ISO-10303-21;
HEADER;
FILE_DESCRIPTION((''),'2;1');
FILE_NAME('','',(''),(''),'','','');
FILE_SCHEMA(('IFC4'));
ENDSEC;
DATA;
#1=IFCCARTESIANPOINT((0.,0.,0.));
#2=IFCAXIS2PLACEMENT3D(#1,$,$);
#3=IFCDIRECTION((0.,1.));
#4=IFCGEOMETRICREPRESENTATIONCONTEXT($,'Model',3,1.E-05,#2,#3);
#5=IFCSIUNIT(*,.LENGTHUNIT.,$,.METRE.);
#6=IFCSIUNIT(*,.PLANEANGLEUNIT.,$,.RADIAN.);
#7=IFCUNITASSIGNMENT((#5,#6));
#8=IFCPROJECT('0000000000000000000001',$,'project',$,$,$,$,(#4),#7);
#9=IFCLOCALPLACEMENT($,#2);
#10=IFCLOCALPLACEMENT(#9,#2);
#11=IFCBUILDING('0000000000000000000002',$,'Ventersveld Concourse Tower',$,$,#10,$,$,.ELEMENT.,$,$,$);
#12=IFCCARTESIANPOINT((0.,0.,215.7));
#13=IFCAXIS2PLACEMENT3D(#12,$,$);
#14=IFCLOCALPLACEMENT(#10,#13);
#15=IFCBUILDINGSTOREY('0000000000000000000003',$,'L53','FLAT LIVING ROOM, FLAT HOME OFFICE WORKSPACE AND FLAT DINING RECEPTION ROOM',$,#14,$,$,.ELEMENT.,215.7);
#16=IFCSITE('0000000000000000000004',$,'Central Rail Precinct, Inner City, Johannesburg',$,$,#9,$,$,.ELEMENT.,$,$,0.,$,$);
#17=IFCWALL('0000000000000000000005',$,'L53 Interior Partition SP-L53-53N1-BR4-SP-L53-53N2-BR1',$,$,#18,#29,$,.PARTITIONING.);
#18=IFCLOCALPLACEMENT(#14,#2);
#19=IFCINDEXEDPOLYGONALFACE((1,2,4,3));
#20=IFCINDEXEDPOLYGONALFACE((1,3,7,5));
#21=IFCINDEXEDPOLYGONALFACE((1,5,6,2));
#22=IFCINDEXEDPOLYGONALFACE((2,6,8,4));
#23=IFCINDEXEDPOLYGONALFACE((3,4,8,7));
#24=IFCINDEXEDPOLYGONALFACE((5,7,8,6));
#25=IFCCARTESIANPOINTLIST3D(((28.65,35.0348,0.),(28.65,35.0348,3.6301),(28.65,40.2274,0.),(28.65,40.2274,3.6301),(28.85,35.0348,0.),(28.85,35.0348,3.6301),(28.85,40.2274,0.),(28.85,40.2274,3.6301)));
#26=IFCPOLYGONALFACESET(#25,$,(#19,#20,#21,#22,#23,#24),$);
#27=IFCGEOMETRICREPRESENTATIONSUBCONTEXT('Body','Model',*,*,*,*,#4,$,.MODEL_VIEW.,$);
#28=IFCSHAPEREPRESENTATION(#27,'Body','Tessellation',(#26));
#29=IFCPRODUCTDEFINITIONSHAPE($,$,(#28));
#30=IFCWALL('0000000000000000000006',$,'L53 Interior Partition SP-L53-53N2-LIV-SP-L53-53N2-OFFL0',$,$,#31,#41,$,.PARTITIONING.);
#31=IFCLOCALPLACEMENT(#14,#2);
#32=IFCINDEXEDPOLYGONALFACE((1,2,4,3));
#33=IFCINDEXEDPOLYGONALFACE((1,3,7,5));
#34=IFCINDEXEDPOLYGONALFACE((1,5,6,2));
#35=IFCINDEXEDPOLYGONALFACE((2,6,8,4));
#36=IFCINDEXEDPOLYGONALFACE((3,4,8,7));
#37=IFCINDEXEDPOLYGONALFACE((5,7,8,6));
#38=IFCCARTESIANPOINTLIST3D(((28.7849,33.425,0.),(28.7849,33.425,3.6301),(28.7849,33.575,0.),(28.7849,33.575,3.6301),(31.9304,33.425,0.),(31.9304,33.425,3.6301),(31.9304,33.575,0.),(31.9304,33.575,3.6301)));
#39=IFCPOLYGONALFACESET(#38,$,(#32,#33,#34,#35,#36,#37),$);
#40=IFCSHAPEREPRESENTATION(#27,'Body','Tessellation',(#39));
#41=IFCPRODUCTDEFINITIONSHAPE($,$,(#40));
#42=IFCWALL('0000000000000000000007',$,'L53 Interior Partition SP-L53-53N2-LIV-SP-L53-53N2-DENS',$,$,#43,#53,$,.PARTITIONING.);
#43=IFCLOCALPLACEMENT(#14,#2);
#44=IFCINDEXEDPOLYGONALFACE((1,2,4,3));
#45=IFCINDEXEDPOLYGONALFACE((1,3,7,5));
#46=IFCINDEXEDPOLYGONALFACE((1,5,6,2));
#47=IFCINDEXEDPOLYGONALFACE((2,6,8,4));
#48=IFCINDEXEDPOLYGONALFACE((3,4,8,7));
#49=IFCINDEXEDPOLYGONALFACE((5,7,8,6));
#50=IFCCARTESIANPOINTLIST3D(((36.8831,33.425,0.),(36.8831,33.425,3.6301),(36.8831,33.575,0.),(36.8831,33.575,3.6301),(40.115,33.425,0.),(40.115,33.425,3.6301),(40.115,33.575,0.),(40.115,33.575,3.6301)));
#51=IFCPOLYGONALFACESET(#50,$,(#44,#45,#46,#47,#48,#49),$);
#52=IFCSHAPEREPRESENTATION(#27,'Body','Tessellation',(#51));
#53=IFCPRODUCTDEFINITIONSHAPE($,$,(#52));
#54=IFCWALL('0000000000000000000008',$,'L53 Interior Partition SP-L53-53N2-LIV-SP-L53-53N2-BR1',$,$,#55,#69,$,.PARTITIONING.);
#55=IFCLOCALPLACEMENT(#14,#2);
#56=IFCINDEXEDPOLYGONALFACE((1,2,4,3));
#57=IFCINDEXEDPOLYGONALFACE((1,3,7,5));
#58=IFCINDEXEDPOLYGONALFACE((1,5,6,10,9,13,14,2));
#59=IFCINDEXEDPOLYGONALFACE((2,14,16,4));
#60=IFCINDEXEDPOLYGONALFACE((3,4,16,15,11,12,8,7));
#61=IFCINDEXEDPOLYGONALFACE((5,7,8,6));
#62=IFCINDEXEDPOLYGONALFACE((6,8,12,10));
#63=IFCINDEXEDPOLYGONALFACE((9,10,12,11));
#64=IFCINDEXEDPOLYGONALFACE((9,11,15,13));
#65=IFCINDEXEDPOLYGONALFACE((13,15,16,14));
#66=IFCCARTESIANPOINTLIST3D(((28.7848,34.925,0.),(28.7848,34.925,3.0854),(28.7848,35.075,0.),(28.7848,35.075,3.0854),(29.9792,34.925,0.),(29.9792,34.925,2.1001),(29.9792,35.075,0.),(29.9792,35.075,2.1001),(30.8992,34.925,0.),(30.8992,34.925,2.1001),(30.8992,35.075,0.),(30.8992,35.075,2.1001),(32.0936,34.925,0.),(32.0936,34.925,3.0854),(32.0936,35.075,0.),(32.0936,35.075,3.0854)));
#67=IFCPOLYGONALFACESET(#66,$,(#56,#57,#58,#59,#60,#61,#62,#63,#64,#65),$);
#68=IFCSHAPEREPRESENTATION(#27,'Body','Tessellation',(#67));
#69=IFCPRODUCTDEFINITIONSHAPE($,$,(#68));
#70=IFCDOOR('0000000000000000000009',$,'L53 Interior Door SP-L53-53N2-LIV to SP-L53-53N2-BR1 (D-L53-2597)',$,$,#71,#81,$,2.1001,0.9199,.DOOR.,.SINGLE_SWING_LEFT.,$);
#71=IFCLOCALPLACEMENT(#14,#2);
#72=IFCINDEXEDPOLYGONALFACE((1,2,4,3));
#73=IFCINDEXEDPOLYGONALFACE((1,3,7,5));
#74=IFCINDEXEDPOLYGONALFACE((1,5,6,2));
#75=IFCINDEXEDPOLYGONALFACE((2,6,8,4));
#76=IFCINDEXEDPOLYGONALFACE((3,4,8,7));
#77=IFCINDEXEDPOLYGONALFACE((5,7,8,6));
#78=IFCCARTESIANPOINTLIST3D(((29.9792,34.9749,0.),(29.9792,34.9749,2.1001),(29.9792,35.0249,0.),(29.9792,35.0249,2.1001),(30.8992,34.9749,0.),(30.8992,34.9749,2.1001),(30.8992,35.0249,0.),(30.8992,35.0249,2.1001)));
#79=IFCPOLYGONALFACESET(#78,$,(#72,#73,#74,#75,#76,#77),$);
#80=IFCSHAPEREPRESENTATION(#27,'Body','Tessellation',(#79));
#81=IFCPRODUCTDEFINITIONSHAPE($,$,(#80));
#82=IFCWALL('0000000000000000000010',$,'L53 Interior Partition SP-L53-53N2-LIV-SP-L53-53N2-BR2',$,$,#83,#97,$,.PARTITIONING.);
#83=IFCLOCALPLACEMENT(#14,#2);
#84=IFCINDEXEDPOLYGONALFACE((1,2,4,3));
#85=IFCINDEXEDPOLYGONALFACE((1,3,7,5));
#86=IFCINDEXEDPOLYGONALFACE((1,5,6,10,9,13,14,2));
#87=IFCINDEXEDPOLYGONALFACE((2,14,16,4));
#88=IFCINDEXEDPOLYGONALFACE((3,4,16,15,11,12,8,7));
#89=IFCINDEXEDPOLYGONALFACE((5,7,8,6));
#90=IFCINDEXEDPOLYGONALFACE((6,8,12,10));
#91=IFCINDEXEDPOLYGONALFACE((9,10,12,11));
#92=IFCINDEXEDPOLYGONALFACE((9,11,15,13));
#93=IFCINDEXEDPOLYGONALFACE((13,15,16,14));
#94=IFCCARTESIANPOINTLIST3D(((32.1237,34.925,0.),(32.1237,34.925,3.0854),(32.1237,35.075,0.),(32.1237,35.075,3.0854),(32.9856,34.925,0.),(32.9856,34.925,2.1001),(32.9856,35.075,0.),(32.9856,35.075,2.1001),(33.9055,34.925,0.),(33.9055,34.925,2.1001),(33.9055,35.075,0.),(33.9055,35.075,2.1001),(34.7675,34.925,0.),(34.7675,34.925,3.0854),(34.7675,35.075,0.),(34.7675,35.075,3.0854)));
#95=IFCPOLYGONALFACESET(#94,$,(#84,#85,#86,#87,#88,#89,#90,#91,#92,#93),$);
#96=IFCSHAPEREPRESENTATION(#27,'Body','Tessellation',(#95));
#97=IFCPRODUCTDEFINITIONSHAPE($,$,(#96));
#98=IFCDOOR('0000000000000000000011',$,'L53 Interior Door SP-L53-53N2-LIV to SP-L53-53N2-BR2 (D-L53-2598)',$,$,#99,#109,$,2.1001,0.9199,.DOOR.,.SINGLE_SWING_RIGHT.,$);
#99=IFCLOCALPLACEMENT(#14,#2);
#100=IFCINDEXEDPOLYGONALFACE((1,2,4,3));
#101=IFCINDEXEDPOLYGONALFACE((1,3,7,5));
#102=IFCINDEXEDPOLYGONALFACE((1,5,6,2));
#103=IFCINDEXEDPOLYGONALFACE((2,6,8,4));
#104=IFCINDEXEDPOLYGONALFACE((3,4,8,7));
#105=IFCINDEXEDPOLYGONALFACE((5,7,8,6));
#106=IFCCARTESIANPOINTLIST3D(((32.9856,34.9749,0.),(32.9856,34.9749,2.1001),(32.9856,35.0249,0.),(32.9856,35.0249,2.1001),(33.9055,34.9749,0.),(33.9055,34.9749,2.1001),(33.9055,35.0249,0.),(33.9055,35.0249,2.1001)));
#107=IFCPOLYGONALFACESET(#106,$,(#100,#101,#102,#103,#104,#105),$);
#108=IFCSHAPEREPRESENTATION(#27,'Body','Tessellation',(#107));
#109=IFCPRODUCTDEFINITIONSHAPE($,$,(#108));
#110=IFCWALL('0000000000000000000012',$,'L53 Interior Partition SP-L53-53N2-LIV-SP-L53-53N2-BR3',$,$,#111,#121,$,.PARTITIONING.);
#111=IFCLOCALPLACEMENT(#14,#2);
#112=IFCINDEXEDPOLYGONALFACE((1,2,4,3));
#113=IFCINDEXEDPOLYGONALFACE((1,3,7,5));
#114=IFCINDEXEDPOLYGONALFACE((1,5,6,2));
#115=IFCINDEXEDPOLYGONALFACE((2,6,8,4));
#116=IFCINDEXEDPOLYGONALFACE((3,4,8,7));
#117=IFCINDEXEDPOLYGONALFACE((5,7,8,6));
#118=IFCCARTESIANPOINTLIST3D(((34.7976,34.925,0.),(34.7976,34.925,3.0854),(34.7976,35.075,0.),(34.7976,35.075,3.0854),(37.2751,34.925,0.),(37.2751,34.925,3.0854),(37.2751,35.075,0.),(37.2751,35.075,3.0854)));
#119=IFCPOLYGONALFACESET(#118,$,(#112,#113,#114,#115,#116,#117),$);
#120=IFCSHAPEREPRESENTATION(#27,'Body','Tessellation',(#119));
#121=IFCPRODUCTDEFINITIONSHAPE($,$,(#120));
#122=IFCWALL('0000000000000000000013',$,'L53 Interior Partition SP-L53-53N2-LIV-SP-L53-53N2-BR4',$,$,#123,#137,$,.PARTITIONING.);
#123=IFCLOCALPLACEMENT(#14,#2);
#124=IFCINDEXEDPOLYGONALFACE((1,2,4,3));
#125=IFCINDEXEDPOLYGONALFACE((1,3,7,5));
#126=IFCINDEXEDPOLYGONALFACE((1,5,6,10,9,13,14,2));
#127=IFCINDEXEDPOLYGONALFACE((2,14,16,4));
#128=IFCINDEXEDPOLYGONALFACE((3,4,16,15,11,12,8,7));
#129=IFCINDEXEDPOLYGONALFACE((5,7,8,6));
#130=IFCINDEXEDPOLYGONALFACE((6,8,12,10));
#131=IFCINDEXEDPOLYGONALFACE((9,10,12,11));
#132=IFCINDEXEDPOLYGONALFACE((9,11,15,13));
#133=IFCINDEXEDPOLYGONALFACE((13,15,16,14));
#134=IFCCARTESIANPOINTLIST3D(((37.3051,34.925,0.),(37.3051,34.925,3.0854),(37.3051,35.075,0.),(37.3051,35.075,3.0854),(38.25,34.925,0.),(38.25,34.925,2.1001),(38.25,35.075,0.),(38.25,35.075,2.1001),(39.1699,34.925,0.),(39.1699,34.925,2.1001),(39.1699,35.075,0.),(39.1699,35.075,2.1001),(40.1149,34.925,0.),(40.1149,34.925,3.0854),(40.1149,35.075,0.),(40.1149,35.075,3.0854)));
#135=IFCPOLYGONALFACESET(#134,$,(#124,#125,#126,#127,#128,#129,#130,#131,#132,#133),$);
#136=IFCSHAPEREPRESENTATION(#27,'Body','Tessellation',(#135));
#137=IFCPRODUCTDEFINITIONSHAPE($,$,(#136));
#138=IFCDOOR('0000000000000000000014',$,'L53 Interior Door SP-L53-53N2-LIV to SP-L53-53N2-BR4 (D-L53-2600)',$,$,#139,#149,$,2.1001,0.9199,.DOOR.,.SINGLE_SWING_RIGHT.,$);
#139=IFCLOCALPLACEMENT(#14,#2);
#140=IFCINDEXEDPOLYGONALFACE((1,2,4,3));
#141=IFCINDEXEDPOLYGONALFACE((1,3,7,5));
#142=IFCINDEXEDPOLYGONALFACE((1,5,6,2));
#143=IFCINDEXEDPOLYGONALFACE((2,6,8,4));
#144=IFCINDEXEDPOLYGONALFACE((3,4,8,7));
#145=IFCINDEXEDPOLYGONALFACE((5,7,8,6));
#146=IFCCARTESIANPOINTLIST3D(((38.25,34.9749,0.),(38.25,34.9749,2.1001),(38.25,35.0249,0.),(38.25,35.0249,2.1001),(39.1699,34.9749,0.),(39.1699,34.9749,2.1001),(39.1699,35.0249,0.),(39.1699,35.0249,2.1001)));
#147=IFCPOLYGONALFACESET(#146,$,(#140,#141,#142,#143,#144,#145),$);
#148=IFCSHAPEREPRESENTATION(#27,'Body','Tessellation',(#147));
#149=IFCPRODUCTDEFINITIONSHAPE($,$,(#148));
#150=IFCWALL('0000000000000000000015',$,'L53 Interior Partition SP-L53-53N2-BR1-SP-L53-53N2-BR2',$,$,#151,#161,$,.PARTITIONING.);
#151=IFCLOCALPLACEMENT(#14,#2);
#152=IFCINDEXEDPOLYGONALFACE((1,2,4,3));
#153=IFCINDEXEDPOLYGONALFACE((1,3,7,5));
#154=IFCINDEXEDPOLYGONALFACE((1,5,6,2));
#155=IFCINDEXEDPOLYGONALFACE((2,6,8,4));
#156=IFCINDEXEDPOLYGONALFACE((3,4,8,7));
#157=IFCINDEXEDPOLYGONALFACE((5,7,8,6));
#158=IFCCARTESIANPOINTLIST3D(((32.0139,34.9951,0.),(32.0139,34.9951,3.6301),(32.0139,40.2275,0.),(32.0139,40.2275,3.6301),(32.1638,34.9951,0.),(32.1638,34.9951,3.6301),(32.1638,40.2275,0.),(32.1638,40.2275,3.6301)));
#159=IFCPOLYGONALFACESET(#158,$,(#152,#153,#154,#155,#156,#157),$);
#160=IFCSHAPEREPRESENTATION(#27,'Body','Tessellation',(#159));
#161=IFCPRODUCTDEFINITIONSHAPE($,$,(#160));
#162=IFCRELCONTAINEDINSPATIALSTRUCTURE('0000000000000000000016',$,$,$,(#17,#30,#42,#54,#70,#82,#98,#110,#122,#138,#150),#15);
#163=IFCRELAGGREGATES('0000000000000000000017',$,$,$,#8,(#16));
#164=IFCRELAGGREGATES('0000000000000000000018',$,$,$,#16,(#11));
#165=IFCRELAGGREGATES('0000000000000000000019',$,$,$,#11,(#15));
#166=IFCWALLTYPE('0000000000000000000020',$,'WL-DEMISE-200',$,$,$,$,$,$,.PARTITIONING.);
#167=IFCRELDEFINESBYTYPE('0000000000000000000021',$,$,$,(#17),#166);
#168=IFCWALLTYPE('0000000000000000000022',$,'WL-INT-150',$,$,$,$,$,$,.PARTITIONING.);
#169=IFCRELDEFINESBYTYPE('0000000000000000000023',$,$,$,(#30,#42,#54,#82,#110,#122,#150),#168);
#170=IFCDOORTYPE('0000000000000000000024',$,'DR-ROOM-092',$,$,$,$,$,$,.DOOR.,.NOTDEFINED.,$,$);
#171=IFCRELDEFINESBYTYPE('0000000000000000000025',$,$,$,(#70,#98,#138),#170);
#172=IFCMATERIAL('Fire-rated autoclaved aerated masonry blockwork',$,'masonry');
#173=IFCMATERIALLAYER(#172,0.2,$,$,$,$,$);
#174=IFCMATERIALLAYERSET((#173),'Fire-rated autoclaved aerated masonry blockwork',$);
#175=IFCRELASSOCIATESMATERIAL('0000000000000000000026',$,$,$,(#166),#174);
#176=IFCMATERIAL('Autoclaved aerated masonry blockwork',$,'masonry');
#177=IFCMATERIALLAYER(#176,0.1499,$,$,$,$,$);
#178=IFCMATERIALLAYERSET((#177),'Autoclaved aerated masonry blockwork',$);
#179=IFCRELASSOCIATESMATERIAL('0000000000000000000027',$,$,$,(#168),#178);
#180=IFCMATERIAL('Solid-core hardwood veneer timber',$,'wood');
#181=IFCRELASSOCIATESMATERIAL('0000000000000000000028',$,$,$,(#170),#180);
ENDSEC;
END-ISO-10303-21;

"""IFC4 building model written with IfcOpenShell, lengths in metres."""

from ifc_helpers import new_model, si_unit, direction, frame, frame_2d, origin, place, context, subcontext, project, spatial, rectangle, extrude, material, layer, layer_set, type_object, element, fill, save


model = new_model("IFC4")

# Units and contexts
model_context = context("Model", 3, precision=1e-05, world=origin(), true_north=direction((0.0, 1.0)))
body_context = subcontext(model_context, "Body", "Model", "MODEL_VIEW")
ifc_project = project(units=[si_unit("LENGTHUNIT", "METRE"), si_unit("PLANEANGLEUNIT", "RADIAN")], contexts=[model_context])

# Site, building, storey
site_placement = place(None, origin())
site = spatial("IfcSite", under=ifc_project, at=site_placement, Name="Central Rail Precinct, Inner City, Johannesburg", CompositionType="ELEMENT", RefElevation=0.0)
building_placement = place(site_placement, origin())
building = spatial("IfcBuilding", under=site, at=building_placement, Name="Ventersveld Concourse Tower", CompositionType="ELEMENT")
storey_placement = place(building_placement, frame((0.0, 0.0, 215.7)))
storey = spatial("IfcBuildingStorey", under=building, at=storey_placement, Name="L53", Description="FLAT LIVING ROOM, FLAT HOME OFFICE WORKSPACE AND FLAT DINING RECEPTION ROOM", CompositionType="ELEMENT", Elevation=215.7)

# Walls
ifc_material_1 = material(Name="Fire-rated autoclaved aerated masonry blockwork", Category="masonry")
ifc_layer_1 = layer(ifc_material_1, 0.2)
ifc_layer_set_1 = layer_set([ifc_layer_1], Name="Fire-rated autoclaved aerated masonry blockwork")
wall_type_1 = type_object("IfcWallType", Name="WL-DEMISE-200", PredefinedType="PARTITIONING", material=ifc_layer_set_1)
wall_1_placement = place(storey_placement, frame((28.75, 35.0349, 0.0), z_axis=(0.0, 0.0, 1.0), x_axis=(0.0, 1.0, 0.0)))
element("IfcWall", 1, at=wall_1_placement, inside=storey, type_object=wall_type_1, Name="L53 Interior Partition SP-L53-53N1-BR4-SP-L53-53N2-BR1", PredefinedType="PARTITIONING", context=body_context, shape_type="SweptSolid", body=[
    extrude(rectangle(XDim=5.1926, YDim=0.2, at=frame_2d((2.5962, 0.0))), origin(), (0.0, 0.0, 1.0), 3.6301),
])
ifc_material_2 = material(Name="Autoclaved aerated masonry blockwork", Category="masonry")
ifc_layer_2 = layer(ifc_material_2, 0.1499)
ifc_layer_set_2 = layer_set([ifc_layer_2], Name="Autoclaved aerated masonry blockwork")
wall_type_2 = type_object("IfcWallType", Name="WL-INT-150", PredefinedType="PARTITIONING", material=ifc_layer_set_2)
wall_2_placement = place(storey_placement, frame((28.7849, 33.5, 0.0), z_axis=(0.0, 0.0, 1.0), x_axis=(1.0, 0.0, 0.0)))
element("IfcWall", 2, at=wall_2_placement, inside=storey, type_object=wall_type_2, Name="L53 Interior Partition SP-L53-53N2-LIV-SP-L53-53N2-OFFL0", PredefinedType="PARTITIONING", context=body_context, shape_type="SweptSolid", body=[
    extrude(rectangle(XDim=3.1455, YDim=0.1499, at=frame_2d((1.5728, 0.0))), origin(), (0.0, 0.0, 1.0), 3.6301),
])
wall_3_placement = place(storey_placement, frame((36.8831, 33.5, 0.0), z_axis=(0.0, 0.0, 1.0), x_axis=(1.0, 0.0, 0.0)))
element("IfcWall", 3, at=wall_3_placement, inside=storey, type_object=wall_type_2, Name="L53 Interior Partition SP-L53-53N2-LIV-SP-L53-53N2-DENS", PredefinedType="PARTITIONING", context=body_context, shape_type="SweptSolid", body=[
    extrude(rectangle(XDim=3.2319, YDim=0.1499, at=frame_2d((1.616, 0.0))), origin(), (0.0, 0.0, 1.0), 3.6301),
])

# Walls, openings, doors
wall_4_placement = place(storey_placement, frame((28.7849, 35.0, 0.0), z_axis=(0.0, 0.0, 1.0), x_axis=(1.0, 0.0, 0.0)))
wall_4 = element("IfcWall", 4, at=wall_4_placement, inside=storey, type_object=wall_type_2, Name="L53 Interior Partition SP-L53-53N2-LIV-SP-L53-53N2-BR1", PredefinedType="PARTITIONING", context=body_context, shape_type="SweptSolid", body=[
    extrude(rectangle(XDim=3.3088, YDim=0.1499, at=frame_2d((1.6543, 0.0))), origin(), (0.0, 0.0, 1.0), 3.0854),
])
opening_1_placement = place(wall_4_placement, frame((1.1943, 0.0, 0.0)))
opening_1 = element("IfcOpeningElement", 5, at=opening_1_placement, cuts=wall_4, PredefinedType="OPENING", context=body_context, shape_type="SweptSolid", body=[
    extrude(rectangle(XDim=0.9199, YDim=2.1001, at=frame_2d((0.46, 1.05))), frame((0.0, 0.085, 0.0), z_axis=(0.0, -1.0, 0.0), x_axis=(1.0, 0.0, 0.0)), (0.0, 0.0, 1.0), 0.1699),
])
ifc_material_3 = material(Name="Solid-core hardwood veneer timber", Category="wood")
door_type = type_object("IfcDoorType", Name="DR-ROOM-092", OperationType="NOTDEFINED", PredefinedType="DOOR", material=ifc_material_3)
door_1_placement = place(opening_1_placement, origin())
door_1 = element("IfcDoor", 6, at=door_1_placement, inside=storey, type_object=door_type, Name="L53 Interior Door SP-L53-53N2-LIV to SP-L53-53N2-BR1 (D-L53-2597)", OperationType="SINGLE_SWING_LEFT", OverallHeight=2.1001, OverallWidth=0.9199, PredefinedType="DOOR", context=body_context, shape_type="SweptSolid", body=[
    extrude(rectangle(XDim=0.9199, YDim=2.1001, at=frame_2d((0.46, 1.05))), frame((0.0, 0.0249, 0.0), z_axis=(0.0, -1.0, 0.0), x_axis=(1.0, 0.0, 0.0)), (0.0, 0.0, 1.0), 0.05),
])
fill(opening_1, door_1)
wall_5_placement = place(storey_placement, frame((32.1238, 35.0, 0.0), z_axis=(0.0, 0.0, 1.0), x_axis=(1.0, 0.0, 0.0)))
wall_5 = element("IfcWall", 7, at=wall_5_placement, inside=storey, type_object=wall_type_2, Name="L53 Interior Partition SP-L53-53N2-LIV-SP-L53-53N2-BR2", PredefinedType="PARTITIONING", context=body_context, shape_type="SweptSolid", body=[
    extrude(rectangle(XDim=2.6438, YDim=0.1499, at=frame_2d((1.3218, 0.0))), origin(), (0.0, 0.0, 1.0), 3.0854),
])
opening_2_placement = place(wall_5_placement, frame((0.8618, 0.0, 0.0)))
opening_2 = element("IfcOpeningElement", 8, at=opening_2_placement, cuts=wall_5, PredefinedType="OPENING", context=body_context, shape_type="SweptSolid", body=[
    extrude(rectangle(XDim=0.9199, YDim=2.1001, at=frame_2d((0.46, 1.05))), frame((0.0, 0.085, 0.0), z_axis=(0.0, -1.0, 0.0), x_axis=(1.0, 0.0, 0.0)), (0.0, 0.0, 1.0), 0.1699),
])
door_2_placement = place(opening_2_placement, origin())
door_2 = element("IfcDoor", 9, at=door_2_placement, inside=storey, type_object=door_type, Name="L53 Interior Door SP-L53-53N2-LIV to SP-L53-53N2-BR2 (D-L53-2598)", OperationType="SINGLE_SWING_RIGHT", OverallHeight=2.1001, OverallWidth=0.9199, PredefinedType="DOOR", context=body_context, shape_type="SweptSolid", body=[
    extrude(rectangle(XDim=0.9199, YDim=2.1001, at=frame_2d((0.46, 1.05))), frame((0.0, 0.0249, 0.0), z_axis=(0.0, -1.0, 0.0), x_axis=(1.0, 0.0, 0.0)), (0.0, 0.0, 1.0), 0.05),
])
fill(opening_2, door_2)

# Wall
wall_6_placement = place(storey_placement, frame((34.7976, 35.0, 0.0), z_axis=(0.0, 0.0, 1.0), x_axis=(1.0, 0.0, 0.0)))
element("IfcWall", 10, at=wall_6_placement, inside=storey, type_object=wall_type_2, Name="L53 Interior Partition SP-L53-53N2-LIV-SP-L53-53N2-BR3", PredefinedType="PARTITIONING", context=body_context, shape_type="SweptSolid", body=[
    extrude(rectangle(XDim=2.4775, YDim=0.1499, at=frame_2d((1.2388, 0.0))), origin(), (0.0, 0.0, 1.0), 3.0854),
])

# Wall, opening, door
wall_7_placement = place(storey_placement, frame((37.3052, 35.0, 0.0), z_axis=(0.0, 0.0, 1.0), x_axis=(1.0, 0.0, 0.0)))
wall_7 = element("IfcWall", 11, at=wall_7_placement, inside=storey, type_object=wall_type_2, Name="L53 Interior Partition SP-L53-53N2-LIV-SP-L53-53N2-BR4", PredefinedType="PARTITIONING", context=body_context, shape_type="SweptSolid", body=[
    extrude(rectangle(XDim=2.8098, YDim=0.1499, at=frame_2d((1.4048, 0.0))), origin(), (0.0, 0.0, 1.0), 3.0854),
])
opening_3_placement = place(wall_7_placement, frame((0.9448, 0.0, 0.0)))
opening_3 = element("IfcOpeningElement", 12, at=opening_3_placement, cuts=wall_7, PredefinedType="OPENING", context=body_context, shape_type="SweptSolid", body=[
    extrude(rectangle(XDim=0.9199, YDim=2.1001, at=frame_2d((0.46, 1.05))), frame((0.0, 0.085, 0.0), z_axis=(0.0, -1.0, 0.0), x_axis=(1.0, 0.0, 0.0)), (0.0, 0.0, 1.0), 0.1699),
])
door_3_placement = place(opening_3_placement, origin())
door_3 = element("IfcDoor", 13, at=door_3_placement, inside=storey, type_object=door_type, Name="L53 Interior Door SP-L53-53N2-LIV to SP-L53-53N2-BR4 (D-L53-2600)", OperationType="SINGLE_SWING_RIGHT", OverallHeight=2.1001, OverallWidth=0.9199, PredefinedType="DOOR", context=body_context, shape_type="SweptSolid", body=[
    extrude(rectangle(XDim=0.9199, YDim=2.1001, at=frame_2d((0.46, 1.05))), frame((0.0, 0.0249, 0.0), z_axis=(0.0, -1.0, 0.0), x_axis=(1.0, 0.0, 0.0)), (0.0, 0.0, 1.0), 0.05),
])
fill(opening_3, door_3)

# Wall
wall_8_placement = place(storey_placement, frame((32.0889, 34.9951, 0.0), z_axis=(0.0, 0.0, 1.0), x_axis=(0.0, 1.0, 0.0)))
element("IfcWall", 14, at=wall_8_placement, inside=storey, type_object=wall_type_2, Name="L53 Interior Partition SP-L53-53N2-BR1-SP-L53-53N2-BR2", PredefinedType="PARTITIONING", context=body_context, shape_type="SweptSolid", body=[
    extrude(rectangle(XDim=5.2324, YDim=0.1499, at=frame_2d((2.6162, 0.0))), origin(), (0.0, 0.0, 1.0), 3.6301),
])

save(model, "model.ifc")
